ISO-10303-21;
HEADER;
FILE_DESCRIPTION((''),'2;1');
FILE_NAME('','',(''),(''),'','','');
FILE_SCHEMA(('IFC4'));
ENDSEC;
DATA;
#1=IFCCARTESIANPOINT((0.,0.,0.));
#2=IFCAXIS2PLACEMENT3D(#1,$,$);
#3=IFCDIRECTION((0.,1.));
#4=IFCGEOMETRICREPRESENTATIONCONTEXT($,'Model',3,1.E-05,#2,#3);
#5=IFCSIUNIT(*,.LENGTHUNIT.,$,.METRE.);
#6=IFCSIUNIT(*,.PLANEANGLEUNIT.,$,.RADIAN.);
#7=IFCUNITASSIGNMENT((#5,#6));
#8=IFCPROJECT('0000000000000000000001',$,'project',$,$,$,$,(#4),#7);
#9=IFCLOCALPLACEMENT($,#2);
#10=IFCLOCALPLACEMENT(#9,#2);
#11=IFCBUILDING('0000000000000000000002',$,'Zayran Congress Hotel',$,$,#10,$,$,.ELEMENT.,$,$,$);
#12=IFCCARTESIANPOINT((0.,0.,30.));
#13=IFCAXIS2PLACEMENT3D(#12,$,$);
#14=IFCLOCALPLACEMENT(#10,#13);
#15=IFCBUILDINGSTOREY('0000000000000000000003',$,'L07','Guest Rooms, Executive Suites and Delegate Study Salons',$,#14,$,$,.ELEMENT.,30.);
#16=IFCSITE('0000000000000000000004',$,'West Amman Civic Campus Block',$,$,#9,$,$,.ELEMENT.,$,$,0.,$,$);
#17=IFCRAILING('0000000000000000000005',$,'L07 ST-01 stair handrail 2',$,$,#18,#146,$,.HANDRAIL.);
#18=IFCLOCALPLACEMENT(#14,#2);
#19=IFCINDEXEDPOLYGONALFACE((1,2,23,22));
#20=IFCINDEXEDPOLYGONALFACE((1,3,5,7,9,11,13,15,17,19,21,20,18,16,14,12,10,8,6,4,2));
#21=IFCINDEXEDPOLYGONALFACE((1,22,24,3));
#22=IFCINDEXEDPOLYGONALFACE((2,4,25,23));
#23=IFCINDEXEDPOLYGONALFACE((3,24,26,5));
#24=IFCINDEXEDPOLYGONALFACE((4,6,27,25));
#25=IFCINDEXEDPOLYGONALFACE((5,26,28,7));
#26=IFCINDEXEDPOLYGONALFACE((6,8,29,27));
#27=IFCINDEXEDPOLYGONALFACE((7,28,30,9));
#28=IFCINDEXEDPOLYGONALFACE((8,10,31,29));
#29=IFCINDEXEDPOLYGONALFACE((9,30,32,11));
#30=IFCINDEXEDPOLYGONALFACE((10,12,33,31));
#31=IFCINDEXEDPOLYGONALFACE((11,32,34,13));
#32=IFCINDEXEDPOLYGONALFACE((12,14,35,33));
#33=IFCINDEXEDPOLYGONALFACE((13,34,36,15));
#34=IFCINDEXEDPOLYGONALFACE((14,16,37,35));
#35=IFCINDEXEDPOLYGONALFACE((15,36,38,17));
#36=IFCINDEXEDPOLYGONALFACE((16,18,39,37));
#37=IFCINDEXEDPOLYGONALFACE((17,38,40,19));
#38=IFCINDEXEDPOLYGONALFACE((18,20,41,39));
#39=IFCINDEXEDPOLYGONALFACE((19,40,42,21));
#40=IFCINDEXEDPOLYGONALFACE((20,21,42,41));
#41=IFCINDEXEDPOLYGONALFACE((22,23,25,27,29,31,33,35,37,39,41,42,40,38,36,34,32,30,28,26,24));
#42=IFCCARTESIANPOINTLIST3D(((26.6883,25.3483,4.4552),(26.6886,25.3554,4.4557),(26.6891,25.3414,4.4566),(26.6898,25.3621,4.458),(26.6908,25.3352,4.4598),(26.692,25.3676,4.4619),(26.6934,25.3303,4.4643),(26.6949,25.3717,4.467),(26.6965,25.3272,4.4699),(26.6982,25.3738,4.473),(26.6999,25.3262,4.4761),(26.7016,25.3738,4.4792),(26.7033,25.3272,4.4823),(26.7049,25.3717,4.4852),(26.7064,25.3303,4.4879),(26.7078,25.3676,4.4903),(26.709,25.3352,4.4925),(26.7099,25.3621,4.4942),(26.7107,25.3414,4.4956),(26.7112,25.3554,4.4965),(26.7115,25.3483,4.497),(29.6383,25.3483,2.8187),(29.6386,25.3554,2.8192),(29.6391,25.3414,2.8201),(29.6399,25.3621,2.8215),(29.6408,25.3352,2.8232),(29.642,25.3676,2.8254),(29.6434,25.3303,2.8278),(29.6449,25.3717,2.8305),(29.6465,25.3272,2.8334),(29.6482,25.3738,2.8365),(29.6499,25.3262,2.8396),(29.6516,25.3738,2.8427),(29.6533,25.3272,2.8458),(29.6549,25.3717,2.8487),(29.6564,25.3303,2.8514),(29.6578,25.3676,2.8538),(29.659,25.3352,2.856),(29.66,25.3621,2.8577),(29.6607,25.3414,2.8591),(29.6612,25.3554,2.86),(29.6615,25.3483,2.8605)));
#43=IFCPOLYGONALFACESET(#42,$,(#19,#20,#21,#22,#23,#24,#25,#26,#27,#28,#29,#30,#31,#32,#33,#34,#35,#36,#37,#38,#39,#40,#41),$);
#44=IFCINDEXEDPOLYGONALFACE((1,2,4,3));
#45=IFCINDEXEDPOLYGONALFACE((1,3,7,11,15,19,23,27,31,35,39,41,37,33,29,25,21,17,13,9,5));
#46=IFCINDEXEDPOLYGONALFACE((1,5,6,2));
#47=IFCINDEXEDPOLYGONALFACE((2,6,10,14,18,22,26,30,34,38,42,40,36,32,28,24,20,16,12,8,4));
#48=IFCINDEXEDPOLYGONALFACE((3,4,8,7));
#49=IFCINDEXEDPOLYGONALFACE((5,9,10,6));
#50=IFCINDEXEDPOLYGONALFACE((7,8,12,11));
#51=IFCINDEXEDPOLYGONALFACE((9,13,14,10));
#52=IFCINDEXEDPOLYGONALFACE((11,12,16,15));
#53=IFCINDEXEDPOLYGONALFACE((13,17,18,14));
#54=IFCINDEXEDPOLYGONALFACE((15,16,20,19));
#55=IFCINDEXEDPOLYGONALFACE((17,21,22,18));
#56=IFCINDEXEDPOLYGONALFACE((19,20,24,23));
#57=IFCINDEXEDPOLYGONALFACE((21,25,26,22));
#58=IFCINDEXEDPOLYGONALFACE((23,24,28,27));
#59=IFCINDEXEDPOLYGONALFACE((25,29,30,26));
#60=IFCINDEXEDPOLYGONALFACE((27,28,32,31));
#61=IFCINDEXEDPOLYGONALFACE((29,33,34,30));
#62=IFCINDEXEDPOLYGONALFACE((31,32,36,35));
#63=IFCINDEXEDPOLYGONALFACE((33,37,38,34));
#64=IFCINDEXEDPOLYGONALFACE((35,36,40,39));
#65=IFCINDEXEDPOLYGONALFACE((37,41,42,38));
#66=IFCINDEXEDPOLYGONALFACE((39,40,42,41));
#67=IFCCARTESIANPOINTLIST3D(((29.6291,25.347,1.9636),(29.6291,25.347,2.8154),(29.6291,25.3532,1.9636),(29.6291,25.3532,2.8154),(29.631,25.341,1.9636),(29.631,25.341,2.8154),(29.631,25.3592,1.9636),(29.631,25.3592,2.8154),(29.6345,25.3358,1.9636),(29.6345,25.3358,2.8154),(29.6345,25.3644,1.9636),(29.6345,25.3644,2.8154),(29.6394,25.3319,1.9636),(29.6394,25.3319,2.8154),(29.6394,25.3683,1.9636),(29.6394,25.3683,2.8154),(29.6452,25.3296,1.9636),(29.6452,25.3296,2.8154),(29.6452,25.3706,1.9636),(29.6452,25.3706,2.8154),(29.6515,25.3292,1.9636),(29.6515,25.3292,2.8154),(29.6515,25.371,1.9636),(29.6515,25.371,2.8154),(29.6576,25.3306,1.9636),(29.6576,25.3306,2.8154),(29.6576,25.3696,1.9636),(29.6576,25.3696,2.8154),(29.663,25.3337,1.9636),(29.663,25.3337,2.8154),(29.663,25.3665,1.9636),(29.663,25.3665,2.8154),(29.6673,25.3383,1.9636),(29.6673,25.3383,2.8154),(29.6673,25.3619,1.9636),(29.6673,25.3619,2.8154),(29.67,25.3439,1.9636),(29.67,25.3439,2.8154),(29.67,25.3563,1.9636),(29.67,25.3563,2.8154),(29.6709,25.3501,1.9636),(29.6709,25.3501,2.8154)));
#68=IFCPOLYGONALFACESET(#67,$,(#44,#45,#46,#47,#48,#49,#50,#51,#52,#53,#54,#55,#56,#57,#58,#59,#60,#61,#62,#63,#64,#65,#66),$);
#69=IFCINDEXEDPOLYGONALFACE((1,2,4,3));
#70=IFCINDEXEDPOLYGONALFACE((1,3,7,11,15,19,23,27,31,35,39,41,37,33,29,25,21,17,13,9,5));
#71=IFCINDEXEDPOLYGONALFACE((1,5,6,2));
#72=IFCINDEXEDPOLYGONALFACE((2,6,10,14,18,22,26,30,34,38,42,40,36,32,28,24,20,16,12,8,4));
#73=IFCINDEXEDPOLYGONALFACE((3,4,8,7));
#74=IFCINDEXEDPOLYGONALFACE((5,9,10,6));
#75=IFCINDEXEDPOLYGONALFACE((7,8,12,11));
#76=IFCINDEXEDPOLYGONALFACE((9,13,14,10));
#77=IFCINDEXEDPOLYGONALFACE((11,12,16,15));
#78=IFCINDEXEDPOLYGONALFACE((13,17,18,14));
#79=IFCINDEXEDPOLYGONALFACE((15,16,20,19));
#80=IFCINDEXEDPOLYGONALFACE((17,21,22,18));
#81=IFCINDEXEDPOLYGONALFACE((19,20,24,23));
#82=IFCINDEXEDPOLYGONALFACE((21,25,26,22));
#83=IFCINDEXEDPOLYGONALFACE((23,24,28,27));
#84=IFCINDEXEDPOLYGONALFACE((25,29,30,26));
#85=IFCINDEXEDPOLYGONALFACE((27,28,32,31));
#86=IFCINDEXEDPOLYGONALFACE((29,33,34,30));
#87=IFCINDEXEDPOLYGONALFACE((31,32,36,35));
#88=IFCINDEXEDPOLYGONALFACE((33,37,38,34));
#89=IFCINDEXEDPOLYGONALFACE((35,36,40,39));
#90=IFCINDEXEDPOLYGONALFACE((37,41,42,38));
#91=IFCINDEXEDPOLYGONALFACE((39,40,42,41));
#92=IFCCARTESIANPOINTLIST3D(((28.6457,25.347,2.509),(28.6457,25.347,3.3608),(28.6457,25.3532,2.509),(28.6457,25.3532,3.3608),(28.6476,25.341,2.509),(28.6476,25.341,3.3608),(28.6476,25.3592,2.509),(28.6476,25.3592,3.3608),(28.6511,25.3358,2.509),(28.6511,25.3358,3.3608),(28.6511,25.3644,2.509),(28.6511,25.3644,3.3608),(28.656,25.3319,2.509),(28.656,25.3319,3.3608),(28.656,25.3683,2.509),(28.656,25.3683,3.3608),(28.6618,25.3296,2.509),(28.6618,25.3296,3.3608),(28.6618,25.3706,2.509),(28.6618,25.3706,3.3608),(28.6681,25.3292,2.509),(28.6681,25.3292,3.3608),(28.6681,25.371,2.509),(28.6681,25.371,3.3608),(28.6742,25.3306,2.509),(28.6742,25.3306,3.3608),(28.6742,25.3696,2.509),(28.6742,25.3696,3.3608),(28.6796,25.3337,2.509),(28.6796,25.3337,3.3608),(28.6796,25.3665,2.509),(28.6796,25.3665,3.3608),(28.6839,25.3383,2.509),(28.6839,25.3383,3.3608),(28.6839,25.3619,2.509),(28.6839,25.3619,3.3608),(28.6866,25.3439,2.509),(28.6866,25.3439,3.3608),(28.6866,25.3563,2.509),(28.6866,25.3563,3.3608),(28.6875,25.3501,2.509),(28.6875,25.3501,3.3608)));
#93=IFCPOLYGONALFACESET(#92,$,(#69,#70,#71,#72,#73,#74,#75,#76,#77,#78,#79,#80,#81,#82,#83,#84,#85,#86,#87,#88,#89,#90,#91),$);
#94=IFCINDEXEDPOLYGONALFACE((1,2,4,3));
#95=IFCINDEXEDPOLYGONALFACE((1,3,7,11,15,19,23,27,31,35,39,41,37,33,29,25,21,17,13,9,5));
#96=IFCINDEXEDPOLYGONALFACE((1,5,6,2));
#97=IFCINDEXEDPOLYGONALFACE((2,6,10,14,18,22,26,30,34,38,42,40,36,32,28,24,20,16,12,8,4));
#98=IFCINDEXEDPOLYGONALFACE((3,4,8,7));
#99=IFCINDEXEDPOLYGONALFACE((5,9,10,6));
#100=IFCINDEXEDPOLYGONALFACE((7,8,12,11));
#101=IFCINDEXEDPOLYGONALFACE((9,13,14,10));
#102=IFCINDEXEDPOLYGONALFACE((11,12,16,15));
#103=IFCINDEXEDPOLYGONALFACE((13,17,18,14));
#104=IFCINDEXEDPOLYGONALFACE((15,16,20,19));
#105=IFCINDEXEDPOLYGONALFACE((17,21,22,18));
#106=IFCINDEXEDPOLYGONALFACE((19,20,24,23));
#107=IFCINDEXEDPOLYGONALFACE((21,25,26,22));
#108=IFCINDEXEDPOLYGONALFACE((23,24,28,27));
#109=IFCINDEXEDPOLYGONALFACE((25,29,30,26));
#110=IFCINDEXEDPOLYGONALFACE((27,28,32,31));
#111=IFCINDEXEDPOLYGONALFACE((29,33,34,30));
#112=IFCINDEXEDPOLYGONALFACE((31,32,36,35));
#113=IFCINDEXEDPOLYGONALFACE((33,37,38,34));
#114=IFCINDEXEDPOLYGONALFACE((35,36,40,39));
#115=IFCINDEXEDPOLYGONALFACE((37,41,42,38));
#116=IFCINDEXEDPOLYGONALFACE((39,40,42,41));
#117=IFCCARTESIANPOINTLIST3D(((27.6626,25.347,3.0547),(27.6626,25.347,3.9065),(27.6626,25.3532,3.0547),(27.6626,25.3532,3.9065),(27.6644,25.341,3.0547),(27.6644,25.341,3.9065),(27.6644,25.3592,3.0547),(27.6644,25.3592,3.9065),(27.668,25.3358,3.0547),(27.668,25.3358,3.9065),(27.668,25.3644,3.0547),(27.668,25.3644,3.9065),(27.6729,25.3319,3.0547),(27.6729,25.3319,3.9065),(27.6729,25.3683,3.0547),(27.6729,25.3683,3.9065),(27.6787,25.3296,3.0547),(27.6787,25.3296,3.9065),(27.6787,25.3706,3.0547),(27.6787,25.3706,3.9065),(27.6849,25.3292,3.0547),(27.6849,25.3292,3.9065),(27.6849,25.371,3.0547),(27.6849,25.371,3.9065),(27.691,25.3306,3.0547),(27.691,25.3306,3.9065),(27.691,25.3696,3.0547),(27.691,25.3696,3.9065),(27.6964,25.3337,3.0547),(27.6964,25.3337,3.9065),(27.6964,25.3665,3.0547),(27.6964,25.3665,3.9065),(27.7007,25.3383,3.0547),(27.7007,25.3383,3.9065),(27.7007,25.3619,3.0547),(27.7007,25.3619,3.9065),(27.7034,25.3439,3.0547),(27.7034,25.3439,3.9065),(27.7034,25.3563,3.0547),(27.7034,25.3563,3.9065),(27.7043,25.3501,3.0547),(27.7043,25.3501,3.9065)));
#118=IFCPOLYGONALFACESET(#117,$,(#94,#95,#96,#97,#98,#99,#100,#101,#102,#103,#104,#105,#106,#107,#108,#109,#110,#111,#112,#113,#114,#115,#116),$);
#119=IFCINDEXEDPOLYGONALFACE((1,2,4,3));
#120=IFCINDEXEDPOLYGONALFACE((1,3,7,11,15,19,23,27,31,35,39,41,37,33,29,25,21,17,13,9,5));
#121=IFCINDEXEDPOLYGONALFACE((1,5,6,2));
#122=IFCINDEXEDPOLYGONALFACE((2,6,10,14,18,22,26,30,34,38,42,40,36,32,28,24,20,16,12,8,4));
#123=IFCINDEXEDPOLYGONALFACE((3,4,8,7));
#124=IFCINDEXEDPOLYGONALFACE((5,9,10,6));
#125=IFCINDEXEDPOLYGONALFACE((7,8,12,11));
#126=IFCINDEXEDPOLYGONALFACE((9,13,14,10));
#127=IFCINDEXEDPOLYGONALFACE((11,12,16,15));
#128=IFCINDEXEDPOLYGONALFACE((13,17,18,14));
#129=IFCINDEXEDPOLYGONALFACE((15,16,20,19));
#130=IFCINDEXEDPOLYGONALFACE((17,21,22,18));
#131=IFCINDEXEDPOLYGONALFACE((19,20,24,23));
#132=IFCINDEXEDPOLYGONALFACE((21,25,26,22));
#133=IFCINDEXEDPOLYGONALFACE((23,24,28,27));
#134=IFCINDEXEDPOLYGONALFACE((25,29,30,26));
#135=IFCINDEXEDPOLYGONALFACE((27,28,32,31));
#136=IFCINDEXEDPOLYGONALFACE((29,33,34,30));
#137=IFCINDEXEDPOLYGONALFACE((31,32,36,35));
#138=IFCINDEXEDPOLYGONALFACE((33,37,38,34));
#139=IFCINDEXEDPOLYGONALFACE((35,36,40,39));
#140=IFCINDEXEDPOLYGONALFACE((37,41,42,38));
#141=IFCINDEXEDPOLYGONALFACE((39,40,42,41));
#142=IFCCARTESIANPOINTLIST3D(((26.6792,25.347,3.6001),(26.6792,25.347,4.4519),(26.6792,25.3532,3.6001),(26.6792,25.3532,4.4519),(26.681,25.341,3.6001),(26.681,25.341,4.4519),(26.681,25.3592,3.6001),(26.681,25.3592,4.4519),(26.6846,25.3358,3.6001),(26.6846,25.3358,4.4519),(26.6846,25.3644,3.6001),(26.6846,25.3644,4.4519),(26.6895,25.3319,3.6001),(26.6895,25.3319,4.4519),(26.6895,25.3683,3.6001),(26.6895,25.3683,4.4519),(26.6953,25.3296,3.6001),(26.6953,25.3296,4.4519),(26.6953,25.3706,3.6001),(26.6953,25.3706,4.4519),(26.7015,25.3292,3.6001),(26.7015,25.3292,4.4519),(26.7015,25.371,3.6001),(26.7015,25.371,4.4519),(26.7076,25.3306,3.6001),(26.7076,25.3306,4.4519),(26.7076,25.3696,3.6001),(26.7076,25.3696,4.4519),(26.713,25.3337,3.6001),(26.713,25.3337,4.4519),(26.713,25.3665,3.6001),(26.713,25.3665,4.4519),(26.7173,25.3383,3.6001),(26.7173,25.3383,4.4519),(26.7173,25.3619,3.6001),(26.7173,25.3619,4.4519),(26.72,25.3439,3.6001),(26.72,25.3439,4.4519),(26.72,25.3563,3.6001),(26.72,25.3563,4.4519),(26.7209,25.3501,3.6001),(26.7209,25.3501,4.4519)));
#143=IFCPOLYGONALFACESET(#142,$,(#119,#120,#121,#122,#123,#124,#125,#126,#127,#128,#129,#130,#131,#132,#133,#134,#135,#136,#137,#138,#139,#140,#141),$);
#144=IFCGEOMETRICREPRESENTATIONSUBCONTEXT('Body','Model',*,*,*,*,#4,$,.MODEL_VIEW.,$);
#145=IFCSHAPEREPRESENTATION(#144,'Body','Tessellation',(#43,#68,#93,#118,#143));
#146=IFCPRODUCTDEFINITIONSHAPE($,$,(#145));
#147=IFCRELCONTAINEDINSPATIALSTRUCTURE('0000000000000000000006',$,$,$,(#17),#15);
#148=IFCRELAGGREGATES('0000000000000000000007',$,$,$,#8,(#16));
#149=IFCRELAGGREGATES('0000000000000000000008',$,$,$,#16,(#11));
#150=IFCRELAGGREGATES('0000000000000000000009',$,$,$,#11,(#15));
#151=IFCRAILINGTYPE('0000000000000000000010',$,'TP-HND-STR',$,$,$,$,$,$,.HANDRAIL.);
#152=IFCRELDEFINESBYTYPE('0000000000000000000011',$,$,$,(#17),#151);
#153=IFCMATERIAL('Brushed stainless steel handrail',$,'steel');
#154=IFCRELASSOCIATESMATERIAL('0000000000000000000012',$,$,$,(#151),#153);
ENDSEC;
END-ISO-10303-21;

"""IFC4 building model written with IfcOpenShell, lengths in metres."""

from ifc_helpers import new_model, si_unit, direction, frame, origin, origin_2d, place, context, subcontext, project, spatial, circle, extrude, material, type_object, element, save


model = new_model("IFC4")

# Units and contexts
model_context = context("Model", 3, precision=1e-05, world=origin(), true_north=direction((0.0, 1.0)))
body_context = subcontext(model_context, "Body", "Model", "MODEL_VIEW")
ifc_project = project(units=[si_unit("LENGTHUNIT", "METRE"), si_unit("PLANEANGLEUNIT", "RADIAN")], contexts=[model_context])

# Site, building, storey
site_placement = place(None, origin())
site = spatial("IfcSite", under=ifc_project, at=site_placement, Name="West Amman Civic Campus Block", CompositionType="ELEMENT", RefElevation=0.0)
building_placement = place(site_placement, origin())
building = spatial("IfcBuilding", under=site, at=building_placement, Name="Zayran Congress Hotel", CompositionType="ELEMENT")
storey_placement = place(building_placement, frame((0.0, 0.0, 30.0)))
storey = spatial("IfcBuildingStorey", under=building, at=storey_placement, Name="L07", Description="Guest Rooms, Executive Suites and Delegate Study Salons", CompositionType="ELEMENT", Elevation=30.0)

# Railing
ifc_material_1 = material(Name="Brushed stainless steel handrail", Category="steel")
railing_type_1 = type_object("IfcRailingType", Name="TP-HND-STR", PredefinedType="HANDRAIL", material=ifc_material_1)
railing_1_placement = place(storey_placement, frame((29.6499, 25.3501, 1.9636)))
element("IfcRailing", 1, at=railing_1_placement, inside=storey, type_object=railing_type_1, Name="L07 ST-01 stair handrail 2", PredefinedType="HANDRAIL", context=body_context, shape_type="SweptSolid", body=[
    extrude(circle(Radius=0.0239, at=origin_2d()), frame((0.0, 0.0, 0.876), z_axis=(-0.874458, 0.0, 0.485102), x_axis=(0.0, -1.0, 0.0)), (0.0, 0.0, 1.0), 3.3735),
    extrude(circle(Radius=0.021, at=origin_2d()), origin(), (0.0, 0.0, 1.0), 0.8518),
    extrude(circle(Radius=0.021, at=origin_2d()), frame((-0.9834, 0.0, 0.5454)), (0.0, 0.0, 1.0), 0.8518),
    extrude(circle(Radius=0.021, at=origin_2d()), frame((-1.9666, 0.0, 1.0911)), (0.0, 0.0, 1.0), 0.8518),
    extrude(circle(Radius=0.021, at=origin_2d()), frame((-2.95, 0.0, 1.6365)), (0.0, 0.0, 1.0), 0.8518),
])

save(model, "model.ifc")
